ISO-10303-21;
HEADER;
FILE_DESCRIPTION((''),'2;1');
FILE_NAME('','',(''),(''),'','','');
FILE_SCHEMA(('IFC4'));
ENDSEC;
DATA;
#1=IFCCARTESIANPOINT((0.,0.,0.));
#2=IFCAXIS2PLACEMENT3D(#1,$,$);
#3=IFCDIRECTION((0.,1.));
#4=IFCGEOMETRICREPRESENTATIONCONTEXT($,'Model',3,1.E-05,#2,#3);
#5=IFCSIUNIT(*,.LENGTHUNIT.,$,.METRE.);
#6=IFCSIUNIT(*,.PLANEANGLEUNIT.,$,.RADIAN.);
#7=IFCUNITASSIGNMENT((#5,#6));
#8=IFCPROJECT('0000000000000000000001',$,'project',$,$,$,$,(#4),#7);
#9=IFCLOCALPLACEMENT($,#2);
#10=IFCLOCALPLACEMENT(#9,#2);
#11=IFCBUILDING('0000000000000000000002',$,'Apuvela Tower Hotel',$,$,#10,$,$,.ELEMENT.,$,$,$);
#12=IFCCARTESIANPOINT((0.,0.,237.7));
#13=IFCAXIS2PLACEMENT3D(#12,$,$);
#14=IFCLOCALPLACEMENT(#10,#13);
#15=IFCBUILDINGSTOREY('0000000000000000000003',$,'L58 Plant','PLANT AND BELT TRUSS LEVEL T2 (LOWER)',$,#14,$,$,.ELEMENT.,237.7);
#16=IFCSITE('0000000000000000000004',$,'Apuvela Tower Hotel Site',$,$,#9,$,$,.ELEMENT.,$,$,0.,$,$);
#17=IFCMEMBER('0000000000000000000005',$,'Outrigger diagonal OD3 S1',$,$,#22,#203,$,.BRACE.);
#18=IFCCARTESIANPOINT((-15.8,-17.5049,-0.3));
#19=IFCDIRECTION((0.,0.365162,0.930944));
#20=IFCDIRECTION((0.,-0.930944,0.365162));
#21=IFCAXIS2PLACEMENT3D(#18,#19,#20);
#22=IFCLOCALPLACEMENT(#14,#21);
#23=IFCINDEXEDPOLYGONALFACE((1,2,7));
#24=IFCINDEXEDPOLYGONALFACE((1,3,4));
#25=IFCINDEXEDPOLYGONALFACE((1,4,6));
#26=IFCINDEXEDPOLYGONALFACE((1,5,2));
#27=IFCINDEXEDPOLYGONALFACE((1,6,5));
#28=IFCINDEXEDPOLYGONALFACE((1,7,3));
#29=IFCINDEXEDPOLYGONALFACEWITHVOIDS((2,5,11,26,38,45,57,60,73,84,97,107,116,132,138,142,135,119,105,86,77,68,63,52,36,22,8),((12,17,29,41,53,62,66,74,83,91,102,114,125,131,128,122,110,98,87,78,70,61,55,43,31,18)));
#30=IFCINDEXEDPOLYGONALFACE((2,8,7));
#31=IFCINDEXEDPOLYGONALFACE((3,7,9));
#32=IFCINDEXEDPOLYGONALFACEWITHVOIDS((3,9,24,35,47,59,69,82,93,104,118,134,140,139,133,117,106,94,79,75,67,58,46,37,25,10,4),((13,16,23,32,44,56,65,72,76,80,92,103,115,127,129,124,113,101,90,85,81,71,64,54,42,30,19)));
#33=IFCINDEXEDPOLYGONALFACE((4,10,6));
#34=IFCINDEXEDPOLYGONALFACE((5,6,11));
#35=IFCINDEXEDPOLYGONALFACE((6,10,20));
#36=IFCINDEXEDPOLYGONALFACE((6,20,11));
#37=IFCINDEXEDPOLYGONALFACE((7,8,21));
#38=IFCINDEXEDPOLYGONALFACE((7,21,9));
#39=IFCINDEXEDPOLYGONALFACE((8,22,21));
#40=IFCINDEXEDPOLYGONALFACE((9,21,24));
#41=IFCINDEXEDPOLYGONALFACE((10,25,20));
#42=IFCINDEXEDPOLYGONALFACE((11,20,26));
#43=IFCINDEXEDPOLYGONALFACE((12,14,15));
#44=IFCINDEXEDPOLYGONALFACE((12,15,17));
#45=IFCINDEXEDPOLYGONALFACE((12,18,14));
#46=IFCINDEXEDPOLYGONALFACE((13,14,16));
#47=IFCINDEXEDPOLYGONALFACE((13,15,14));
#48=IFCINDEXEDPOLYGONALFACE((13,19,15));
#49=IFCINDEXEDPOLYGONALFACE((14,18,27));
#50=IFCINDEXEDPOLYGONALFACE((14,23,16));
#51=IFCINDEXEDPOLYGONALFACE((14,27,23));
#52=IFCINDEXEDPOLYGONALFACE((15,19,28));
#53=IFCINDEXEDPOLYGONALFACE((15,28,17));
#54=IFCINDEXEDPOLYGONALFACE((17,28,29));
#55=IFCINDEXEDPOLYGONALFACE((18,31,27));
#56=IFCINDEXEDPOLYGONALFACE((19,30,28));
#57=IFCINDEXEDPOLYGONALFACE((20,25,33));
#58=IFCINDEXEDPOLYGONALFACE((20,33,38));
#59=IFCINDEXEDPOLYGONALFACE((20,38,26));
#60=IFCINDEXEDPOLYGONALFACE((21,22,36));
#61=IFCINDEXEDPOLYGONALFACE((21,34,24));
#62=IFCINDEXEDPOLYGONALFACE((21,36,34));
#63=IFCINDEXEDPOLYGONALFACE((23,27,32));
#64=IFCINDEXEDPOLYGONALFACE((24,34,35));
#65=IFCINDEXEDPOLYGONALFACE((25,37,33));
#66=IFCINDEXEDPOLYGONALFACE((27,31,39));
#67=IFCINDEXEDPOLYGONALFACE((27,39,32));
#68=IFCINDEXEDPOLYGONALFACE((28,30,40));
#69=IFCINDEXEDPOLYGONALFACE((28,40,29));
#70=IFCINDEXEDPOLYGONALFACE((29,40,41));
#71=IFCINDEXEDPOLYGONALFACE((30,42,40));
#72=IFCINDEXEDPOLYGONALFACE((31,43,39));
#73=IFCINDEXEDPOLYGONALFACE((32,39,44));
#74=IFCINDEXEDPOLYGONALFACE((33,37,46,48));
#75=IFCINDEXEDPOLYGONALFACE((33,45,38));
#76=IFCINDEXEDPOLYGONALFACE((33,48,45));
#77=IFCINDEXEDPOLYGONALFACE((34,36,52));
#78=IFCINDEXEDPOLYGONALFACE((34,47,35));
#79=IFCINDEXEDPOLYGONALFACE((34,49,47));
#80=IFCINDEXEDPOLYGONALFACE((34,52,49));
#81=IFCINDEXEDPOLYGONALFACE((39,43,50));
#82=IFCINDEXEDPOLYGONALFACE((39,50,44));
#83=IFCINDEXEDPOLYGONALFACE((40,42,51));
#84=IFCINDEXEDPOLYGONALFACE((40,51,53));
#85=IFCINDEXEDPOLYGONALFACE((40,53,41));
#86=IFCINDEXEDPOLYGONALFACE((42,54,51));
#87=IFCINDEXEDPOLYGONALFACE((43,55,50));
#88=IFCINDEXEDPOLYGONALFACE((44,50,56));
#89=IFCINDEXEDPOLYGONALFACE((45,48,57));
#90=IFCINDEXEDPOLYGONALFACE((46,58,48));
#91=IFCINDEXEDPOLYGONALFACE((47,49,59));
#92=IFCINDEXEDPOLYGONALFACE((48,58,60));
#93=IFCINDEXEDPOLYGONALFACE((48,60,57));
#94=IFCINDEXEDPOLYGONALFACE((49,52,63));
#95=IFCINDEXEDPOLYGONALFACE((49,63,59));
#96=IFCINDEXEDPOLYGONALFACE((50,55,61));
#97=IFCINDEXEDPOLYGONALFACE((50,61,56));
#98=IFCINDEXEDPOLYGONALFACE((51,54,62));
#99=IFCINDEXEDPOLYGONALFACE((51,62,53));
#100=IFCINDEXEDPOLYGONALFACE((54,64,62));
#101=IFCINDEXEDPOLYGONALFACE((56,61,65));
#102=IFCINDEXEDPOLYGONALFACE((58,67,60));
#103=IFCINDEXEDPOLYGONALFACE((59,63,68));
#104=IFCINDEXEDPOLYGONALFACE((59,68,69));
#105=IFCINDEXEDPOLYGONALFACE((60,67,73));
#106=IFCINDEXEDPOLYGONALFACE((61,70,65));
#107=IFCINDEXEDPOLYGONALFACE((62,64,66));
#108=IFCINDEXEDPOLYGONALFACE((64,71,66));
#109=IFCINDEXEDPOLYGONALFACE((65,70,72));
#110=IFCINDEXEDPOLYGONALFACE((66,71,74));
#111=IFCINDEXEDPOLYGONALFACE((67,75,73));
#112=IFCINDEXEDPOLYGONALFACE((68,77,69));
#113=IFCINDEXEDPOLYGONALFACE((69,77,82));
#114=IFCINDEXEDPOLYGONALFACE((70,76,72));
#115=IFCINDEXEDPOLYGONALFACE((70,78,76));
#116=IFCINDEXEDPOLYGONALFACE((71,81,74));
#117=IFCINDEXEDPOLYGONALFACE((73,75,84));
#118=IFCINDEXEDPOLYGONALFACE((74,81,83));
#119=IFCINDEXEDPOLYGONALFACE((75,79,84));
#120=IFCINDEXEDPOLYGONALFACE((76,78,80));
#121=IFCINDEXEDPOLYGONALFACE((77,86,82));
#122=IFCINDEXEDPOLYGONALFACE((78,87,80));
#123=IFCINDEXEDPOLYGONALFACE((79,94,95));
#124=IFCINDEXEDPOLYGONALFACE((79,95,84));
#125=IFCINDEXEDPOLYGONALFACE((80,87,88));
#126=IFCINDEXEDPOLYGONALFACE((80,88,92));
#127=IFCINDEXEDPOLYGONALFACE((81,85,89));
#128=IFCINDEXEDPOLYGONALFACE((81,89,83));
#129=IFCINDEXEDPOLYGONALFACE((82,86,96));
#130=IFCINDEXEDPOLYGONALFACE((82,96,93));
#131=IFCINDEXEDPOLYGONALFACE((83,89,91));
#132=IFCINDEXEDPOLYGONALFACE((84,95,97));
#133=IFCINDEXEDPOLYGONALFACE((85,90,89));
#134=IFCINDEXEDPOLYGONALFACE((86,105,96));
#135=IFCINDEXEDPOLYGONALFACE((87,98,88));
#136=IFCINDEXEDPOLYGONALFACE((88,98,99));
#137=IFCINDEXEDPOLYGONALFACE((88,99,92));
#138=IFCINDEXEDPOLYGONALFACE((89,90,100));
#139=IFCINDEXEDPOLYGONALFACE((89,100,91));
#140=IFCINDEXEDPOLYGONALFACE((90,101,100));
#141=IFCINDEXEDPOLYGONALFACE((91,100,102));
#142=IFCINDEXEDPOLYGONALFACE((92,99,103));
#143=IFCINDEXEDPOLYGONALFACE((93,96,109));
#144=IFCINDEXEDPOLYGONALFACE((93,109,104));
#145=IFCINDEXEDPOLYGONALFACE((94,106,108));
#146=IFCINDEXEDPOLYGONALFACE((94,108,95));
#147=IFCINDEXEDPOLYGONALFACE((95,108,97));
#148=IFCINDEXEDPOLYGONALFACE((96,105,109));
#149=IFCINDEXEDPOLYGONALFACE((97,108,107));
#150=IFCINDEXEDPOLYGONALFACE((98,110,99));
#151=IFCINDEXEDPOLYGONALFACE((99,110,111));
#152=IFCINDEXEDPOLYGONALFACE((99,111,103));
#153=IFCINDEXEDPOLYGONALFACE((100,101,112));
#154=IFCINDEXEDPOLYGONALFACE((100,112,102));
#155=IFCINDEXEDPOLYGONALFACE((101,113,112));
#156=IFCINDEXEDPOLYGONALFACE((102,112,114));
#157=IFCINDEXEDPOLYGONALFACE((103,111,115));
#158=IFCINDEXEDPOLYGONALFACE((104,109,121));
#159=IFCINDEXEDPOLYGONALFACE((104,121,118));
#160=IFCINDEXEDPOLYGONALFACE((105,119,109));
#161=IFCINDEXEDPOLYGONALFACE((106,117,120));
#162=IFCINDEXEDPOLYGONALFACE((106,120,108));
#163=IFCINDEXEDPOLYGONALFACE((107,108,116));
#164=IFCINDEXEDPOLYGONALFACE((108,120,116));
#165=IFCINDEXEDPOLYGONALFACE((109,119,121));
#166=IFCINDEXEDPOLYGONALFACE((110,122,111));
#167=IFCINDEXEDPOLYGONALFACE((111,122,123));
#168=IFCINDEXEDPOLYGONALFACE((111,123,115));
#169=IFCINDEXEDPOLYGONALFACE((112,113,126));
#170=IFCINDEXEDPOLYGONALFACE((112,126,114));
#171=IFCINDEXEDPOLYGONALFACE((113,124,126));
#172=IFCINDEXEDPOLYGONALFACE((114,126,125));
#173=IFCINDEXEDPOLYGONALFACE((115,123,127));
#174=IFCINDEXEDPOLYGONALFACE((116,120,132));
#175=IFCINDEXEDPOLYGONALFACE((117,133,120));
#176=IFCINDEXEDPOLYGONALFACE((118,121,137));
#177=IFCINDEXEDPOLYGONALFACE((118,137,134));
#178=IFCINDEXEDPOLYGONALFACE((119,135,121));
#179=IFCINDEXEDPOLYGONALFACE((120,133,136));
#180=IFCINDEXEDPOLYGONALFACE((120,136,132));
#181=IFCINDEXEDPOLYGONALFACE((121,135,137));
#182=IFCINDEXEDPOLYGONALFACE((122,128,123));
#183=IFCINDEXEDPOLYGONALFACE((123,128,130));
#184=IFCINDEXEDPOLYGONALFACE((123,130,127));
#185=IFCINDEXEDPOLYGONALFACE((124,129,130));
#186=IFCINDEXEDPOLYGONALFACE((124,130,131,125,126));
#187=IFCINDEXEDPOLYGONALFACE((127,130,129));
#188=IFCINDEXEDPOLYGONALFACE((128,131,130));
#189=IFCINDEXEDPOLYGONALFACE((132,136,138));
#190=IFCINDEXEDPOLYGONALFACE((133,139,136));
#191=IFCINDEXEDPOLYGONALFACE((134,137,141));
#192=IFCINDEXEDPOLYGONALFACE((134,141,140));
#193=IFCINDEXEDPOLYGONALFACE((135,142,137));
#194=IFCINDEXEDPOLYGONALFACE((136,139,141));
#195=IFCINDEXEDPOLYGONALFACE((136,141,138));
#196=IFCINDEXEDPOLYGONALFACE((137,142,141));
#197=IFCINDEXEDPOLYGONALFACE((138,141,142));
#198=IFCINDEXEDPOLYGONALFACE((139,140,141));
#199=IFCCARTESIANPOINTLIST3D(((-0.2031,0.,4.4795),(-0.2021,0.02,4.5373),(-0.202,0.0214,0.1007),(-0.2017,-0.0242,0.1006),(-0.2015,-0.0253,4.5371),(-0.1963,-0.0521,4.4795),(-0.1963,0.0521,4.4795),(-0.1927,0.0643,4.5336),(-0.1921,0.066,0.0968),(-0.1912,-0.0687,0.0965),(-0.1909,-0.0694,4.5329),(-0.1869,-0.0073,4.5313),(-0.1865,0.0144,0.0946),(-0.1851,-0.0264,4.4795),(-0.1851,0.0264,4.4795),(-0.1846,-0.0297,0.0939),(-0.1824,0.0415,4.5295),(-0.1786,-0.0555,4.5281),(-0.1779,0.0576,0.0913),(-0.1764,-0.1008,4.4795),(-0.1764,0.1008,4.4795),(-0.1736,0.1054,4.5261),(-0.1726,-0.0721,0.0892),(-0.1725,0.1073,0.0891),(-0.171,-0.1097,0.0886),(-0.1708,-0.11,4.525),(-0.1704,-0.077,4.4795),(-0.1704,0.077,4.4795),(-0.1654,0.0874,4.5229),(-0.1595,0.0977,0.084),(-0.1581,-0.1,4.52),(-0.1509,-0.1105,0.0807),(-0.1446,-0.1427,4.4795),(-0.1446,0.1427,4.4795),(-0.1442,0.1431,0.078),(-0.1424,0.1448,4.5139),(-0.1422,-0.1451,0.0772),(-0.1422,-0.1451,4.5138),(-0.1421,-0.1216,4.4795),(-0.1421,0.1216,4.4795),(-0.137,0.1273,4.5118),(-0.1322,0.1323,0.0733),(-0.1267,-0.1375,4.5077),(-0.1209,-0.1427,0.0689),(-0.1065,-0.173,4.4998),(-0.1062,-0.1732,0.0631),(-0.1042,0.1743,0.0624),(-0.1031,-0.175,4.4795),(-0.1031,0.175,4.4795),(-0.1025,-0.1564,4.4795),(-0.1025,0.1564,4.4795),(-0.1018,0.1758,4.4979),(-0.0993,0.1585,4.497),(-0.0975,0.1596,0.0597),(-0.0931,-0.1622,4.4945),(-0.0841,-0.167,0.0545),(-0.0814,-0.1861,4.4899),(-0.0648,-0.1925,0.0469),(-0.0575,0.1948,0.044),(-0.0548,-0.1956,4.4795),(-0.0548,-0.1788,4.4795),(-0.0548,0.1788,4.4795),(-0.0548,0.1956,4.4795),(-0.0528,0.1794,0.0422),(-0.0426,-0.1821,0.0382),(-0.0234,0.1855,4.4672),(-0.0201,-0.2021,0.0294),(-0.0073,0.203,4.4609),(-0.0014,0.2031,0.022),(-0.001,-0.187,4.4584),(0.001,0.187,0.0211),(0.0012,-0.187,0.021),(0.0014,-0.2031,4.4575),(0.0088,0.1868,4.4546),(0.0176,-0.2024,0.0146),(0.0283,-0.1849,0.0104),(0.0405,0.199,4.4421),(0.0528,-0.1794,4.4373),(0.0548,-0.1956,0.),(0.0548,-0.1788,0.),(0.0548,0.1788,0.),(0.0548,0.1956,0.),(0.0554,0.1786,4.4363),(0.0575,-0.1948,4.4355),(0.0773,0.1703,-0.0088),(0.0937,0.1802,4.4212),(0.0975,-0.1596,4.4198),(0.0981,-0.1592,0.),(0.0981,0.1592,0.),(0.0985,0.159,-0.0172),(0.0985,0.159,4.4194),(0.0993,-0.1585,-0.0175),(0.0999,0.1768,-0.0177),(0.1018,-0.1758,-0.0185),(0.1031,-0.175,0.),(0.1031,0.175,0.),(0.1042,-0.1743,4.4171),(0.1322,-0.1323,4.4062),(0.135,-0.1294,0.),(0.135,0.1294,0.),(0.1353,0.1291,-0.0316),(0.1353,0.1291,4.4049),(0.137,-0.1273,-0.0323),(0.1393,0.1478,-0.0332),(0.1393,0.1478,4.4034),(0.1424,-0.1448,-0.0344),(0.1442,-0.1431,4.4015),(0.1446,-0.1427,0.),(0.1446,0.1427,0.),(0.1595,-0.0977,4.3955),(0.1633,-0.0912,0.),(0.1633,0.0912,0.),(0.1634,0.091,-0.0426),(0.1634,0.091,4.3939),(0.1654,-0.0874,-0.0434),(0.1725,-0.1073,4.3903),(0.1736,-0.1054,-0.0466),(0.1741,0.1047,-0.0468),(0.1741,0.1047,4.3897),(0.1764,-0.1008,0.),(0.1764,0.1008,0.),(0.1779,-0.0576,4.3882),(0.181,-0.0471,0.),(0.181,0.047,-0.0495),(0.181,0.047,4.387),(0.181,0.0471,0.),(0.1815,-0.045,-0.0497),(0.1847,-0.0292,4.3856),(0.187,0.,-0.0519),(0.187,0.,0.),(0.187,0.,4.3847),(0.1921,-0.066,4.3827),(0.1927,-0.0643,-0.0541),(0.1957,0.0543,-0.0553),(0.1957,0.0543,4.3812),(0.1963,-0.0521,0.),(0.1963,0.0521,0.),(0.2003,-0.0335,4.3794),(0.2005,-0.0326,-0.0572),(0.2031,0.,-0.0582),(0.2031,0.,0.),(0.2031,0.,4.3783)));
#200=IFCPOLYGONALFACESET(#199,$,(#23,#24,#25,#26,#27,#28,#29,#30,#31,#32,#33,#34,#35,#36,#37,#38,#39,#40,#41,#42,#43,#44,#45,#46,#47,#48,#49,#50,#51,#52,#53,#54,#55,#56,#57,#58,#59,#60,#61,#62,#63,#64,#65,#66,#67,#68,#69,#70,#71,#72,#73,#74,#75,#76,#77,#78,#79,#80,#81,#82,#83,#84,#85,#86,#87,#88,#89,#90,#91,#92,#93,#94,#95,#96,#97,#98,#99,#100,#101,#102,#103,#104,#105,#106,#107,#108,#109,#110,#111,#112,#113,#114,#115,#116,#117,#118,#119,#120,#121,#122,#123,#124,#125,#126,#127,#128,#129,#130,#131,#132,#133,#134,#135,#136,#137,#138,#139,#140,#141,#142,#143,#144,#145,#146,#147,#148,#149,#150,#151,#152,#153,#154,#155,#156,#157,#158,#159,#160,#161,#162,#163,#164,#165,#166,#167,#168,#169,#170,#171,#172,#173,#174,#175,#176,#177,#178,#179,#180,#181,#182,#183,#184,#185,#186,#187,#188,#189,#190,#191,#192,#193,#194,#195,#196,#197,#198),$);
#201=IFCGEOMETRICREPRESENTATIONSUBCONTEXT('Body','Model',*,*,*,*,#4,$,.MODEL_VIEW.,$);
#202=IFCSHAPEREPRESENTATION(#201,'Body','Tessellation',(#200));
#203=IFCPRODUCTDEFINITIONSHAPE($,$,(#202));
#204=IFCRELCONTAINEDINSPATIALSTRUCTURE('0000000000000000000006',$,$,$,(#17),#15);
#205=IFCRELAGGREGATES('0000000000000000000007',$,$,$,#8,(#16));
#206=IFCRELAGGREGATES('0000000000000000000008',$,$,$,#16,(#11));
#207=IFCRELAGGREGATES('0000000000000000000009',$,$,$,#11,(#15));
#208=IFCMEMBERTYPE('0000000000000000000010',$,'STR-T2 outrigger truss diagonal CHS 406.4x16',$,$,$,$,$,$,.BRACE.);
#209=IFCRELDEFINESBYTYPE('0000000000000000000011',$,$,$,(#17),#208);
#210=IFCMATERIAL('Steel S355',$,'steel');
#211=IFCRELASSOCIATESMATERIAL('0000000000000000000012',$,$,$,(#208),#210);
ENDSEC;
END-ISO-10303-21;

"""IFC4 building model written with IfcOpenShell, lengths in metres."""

from ifc_helpers import new_model, si_unit, direction, frame, origin, origin_2d, place, context, subcontext, project, spatial, hollow_circle, extrude, boolean, halfspace, material, material_profile, profile_set, type_object, element, save


model = new_model("IFC4")

# Units and contexts
model_context = context("Model", 3, precision=1e-05, world=origin(), true_north=direction((0.0, 1.0)))
body_context = subcontext(model_context, "Body", "Model", "MODEL_VIEW")
ifc_project = project(units=[si_unit("LENGTHUNIT", "METRE"), si_unit("PLANEANGLEUNIT", "RADIAN")], contexts=[model_context])

# Site, building, storey
site_placement = place(None, origin())
site = spatial("IfcSite", under=ifc_project, at=site_placement, Name="Apuvela Tower Hotel Site", CompositionType="ELEMENT", RefElevation=0.0)
building_placement = place(site_placement, origin())
building = spatial("IfcBuilding", under=site, at=building_placement, Name="Apuvela Tower Hotel", CompositionType="ELEMENT")
storey_placement = place(building_placement, frame((0.0, 0.0, 237.7)))
storey = spatial("IfcBuildingStorey", under=building, at=storey_placement, Name="L58 Plant", Description="PLANT AND BELT TRUSS LEVEL T2 (LOWER)", CompositionType="ELEMENT", Elevation=237.7)

# Member
ifc_material_1 = material(Name="Steel S355", Category="steel")
ifc_material_profile_1 = material_profile(ifc_material_1, hollow_circle(Radius=0.2031, WallThickness=0.0161, at=origin_2d()), Name="CHS 406.4x16")
ifc_profile_set_1 = profile_set([ifc_material_profile_1], Name="Steel S355")
member_type_1 = type_object("IfcMemberType", Name="STR-T2 outrigger truss diagonal CHS 406.4x16", PredefinedType="BRACE", material=ifc_profile_set_1)
member_1_placement = place(storey_placement, frame((-15.8, -17.5049, -0.3), z_axis=(0.0, 0.365162, 0.930944), x_axis=(0.0, -0.930944, 0.365162)))
solid = boolean("DIFFERENCE", boolean("DIFFERENCE", extrude(hollow_circle(Radius=0.2031, WallThickness=0.0161, at=origin_2d()), frame((0.0, 0.0, -0.1997)), (0.0, 0.0, 1.0), 4.8789), halfspace(frame((0.0, 0.0, 0.0215), z_axis=(0.365162, 0.0, 0.930944), x_axis=(0.930944, 0.0, -0.365162)), True)), halfspace(frame((0.0, 0.0, 4.458), z_axis=(0.365162, 0.0, 0.930944), x_axis=(0.930944, 0.0, -0.365162)), False))
element("IfcMember", 1, at=member_1_placement, inside=storey, type_object=member_type_1, Name="Outrigger diagonal OD3 S1", PredefinedType="BRACE", context=body_context, shape_type="SweptSolid", body=[
    boolean("UNION", boolean("DIFFERENCE", boolean("DIFFERENCE", extrude(hollow_circle(Radius=0.2031, WallThickness=0.0161, at=origin_2d()), origin(), (0.0, 0.0, 1.0), 4.4795), halfspace(frame((0.0, 0.0, 0.0215), z_axis=(0.365162, 0.0, 0.930944), x_axis=(0.930944, 0.0, -0.365162)), True)), halfspace(frame((0.0, 0.0, 4.458), z_axis=(0.365162, 0.0, 0.930944), x_axis=(0.930944, 0.0, -0.365162)), False)), solid),
])

save(model, "model.ifc")
